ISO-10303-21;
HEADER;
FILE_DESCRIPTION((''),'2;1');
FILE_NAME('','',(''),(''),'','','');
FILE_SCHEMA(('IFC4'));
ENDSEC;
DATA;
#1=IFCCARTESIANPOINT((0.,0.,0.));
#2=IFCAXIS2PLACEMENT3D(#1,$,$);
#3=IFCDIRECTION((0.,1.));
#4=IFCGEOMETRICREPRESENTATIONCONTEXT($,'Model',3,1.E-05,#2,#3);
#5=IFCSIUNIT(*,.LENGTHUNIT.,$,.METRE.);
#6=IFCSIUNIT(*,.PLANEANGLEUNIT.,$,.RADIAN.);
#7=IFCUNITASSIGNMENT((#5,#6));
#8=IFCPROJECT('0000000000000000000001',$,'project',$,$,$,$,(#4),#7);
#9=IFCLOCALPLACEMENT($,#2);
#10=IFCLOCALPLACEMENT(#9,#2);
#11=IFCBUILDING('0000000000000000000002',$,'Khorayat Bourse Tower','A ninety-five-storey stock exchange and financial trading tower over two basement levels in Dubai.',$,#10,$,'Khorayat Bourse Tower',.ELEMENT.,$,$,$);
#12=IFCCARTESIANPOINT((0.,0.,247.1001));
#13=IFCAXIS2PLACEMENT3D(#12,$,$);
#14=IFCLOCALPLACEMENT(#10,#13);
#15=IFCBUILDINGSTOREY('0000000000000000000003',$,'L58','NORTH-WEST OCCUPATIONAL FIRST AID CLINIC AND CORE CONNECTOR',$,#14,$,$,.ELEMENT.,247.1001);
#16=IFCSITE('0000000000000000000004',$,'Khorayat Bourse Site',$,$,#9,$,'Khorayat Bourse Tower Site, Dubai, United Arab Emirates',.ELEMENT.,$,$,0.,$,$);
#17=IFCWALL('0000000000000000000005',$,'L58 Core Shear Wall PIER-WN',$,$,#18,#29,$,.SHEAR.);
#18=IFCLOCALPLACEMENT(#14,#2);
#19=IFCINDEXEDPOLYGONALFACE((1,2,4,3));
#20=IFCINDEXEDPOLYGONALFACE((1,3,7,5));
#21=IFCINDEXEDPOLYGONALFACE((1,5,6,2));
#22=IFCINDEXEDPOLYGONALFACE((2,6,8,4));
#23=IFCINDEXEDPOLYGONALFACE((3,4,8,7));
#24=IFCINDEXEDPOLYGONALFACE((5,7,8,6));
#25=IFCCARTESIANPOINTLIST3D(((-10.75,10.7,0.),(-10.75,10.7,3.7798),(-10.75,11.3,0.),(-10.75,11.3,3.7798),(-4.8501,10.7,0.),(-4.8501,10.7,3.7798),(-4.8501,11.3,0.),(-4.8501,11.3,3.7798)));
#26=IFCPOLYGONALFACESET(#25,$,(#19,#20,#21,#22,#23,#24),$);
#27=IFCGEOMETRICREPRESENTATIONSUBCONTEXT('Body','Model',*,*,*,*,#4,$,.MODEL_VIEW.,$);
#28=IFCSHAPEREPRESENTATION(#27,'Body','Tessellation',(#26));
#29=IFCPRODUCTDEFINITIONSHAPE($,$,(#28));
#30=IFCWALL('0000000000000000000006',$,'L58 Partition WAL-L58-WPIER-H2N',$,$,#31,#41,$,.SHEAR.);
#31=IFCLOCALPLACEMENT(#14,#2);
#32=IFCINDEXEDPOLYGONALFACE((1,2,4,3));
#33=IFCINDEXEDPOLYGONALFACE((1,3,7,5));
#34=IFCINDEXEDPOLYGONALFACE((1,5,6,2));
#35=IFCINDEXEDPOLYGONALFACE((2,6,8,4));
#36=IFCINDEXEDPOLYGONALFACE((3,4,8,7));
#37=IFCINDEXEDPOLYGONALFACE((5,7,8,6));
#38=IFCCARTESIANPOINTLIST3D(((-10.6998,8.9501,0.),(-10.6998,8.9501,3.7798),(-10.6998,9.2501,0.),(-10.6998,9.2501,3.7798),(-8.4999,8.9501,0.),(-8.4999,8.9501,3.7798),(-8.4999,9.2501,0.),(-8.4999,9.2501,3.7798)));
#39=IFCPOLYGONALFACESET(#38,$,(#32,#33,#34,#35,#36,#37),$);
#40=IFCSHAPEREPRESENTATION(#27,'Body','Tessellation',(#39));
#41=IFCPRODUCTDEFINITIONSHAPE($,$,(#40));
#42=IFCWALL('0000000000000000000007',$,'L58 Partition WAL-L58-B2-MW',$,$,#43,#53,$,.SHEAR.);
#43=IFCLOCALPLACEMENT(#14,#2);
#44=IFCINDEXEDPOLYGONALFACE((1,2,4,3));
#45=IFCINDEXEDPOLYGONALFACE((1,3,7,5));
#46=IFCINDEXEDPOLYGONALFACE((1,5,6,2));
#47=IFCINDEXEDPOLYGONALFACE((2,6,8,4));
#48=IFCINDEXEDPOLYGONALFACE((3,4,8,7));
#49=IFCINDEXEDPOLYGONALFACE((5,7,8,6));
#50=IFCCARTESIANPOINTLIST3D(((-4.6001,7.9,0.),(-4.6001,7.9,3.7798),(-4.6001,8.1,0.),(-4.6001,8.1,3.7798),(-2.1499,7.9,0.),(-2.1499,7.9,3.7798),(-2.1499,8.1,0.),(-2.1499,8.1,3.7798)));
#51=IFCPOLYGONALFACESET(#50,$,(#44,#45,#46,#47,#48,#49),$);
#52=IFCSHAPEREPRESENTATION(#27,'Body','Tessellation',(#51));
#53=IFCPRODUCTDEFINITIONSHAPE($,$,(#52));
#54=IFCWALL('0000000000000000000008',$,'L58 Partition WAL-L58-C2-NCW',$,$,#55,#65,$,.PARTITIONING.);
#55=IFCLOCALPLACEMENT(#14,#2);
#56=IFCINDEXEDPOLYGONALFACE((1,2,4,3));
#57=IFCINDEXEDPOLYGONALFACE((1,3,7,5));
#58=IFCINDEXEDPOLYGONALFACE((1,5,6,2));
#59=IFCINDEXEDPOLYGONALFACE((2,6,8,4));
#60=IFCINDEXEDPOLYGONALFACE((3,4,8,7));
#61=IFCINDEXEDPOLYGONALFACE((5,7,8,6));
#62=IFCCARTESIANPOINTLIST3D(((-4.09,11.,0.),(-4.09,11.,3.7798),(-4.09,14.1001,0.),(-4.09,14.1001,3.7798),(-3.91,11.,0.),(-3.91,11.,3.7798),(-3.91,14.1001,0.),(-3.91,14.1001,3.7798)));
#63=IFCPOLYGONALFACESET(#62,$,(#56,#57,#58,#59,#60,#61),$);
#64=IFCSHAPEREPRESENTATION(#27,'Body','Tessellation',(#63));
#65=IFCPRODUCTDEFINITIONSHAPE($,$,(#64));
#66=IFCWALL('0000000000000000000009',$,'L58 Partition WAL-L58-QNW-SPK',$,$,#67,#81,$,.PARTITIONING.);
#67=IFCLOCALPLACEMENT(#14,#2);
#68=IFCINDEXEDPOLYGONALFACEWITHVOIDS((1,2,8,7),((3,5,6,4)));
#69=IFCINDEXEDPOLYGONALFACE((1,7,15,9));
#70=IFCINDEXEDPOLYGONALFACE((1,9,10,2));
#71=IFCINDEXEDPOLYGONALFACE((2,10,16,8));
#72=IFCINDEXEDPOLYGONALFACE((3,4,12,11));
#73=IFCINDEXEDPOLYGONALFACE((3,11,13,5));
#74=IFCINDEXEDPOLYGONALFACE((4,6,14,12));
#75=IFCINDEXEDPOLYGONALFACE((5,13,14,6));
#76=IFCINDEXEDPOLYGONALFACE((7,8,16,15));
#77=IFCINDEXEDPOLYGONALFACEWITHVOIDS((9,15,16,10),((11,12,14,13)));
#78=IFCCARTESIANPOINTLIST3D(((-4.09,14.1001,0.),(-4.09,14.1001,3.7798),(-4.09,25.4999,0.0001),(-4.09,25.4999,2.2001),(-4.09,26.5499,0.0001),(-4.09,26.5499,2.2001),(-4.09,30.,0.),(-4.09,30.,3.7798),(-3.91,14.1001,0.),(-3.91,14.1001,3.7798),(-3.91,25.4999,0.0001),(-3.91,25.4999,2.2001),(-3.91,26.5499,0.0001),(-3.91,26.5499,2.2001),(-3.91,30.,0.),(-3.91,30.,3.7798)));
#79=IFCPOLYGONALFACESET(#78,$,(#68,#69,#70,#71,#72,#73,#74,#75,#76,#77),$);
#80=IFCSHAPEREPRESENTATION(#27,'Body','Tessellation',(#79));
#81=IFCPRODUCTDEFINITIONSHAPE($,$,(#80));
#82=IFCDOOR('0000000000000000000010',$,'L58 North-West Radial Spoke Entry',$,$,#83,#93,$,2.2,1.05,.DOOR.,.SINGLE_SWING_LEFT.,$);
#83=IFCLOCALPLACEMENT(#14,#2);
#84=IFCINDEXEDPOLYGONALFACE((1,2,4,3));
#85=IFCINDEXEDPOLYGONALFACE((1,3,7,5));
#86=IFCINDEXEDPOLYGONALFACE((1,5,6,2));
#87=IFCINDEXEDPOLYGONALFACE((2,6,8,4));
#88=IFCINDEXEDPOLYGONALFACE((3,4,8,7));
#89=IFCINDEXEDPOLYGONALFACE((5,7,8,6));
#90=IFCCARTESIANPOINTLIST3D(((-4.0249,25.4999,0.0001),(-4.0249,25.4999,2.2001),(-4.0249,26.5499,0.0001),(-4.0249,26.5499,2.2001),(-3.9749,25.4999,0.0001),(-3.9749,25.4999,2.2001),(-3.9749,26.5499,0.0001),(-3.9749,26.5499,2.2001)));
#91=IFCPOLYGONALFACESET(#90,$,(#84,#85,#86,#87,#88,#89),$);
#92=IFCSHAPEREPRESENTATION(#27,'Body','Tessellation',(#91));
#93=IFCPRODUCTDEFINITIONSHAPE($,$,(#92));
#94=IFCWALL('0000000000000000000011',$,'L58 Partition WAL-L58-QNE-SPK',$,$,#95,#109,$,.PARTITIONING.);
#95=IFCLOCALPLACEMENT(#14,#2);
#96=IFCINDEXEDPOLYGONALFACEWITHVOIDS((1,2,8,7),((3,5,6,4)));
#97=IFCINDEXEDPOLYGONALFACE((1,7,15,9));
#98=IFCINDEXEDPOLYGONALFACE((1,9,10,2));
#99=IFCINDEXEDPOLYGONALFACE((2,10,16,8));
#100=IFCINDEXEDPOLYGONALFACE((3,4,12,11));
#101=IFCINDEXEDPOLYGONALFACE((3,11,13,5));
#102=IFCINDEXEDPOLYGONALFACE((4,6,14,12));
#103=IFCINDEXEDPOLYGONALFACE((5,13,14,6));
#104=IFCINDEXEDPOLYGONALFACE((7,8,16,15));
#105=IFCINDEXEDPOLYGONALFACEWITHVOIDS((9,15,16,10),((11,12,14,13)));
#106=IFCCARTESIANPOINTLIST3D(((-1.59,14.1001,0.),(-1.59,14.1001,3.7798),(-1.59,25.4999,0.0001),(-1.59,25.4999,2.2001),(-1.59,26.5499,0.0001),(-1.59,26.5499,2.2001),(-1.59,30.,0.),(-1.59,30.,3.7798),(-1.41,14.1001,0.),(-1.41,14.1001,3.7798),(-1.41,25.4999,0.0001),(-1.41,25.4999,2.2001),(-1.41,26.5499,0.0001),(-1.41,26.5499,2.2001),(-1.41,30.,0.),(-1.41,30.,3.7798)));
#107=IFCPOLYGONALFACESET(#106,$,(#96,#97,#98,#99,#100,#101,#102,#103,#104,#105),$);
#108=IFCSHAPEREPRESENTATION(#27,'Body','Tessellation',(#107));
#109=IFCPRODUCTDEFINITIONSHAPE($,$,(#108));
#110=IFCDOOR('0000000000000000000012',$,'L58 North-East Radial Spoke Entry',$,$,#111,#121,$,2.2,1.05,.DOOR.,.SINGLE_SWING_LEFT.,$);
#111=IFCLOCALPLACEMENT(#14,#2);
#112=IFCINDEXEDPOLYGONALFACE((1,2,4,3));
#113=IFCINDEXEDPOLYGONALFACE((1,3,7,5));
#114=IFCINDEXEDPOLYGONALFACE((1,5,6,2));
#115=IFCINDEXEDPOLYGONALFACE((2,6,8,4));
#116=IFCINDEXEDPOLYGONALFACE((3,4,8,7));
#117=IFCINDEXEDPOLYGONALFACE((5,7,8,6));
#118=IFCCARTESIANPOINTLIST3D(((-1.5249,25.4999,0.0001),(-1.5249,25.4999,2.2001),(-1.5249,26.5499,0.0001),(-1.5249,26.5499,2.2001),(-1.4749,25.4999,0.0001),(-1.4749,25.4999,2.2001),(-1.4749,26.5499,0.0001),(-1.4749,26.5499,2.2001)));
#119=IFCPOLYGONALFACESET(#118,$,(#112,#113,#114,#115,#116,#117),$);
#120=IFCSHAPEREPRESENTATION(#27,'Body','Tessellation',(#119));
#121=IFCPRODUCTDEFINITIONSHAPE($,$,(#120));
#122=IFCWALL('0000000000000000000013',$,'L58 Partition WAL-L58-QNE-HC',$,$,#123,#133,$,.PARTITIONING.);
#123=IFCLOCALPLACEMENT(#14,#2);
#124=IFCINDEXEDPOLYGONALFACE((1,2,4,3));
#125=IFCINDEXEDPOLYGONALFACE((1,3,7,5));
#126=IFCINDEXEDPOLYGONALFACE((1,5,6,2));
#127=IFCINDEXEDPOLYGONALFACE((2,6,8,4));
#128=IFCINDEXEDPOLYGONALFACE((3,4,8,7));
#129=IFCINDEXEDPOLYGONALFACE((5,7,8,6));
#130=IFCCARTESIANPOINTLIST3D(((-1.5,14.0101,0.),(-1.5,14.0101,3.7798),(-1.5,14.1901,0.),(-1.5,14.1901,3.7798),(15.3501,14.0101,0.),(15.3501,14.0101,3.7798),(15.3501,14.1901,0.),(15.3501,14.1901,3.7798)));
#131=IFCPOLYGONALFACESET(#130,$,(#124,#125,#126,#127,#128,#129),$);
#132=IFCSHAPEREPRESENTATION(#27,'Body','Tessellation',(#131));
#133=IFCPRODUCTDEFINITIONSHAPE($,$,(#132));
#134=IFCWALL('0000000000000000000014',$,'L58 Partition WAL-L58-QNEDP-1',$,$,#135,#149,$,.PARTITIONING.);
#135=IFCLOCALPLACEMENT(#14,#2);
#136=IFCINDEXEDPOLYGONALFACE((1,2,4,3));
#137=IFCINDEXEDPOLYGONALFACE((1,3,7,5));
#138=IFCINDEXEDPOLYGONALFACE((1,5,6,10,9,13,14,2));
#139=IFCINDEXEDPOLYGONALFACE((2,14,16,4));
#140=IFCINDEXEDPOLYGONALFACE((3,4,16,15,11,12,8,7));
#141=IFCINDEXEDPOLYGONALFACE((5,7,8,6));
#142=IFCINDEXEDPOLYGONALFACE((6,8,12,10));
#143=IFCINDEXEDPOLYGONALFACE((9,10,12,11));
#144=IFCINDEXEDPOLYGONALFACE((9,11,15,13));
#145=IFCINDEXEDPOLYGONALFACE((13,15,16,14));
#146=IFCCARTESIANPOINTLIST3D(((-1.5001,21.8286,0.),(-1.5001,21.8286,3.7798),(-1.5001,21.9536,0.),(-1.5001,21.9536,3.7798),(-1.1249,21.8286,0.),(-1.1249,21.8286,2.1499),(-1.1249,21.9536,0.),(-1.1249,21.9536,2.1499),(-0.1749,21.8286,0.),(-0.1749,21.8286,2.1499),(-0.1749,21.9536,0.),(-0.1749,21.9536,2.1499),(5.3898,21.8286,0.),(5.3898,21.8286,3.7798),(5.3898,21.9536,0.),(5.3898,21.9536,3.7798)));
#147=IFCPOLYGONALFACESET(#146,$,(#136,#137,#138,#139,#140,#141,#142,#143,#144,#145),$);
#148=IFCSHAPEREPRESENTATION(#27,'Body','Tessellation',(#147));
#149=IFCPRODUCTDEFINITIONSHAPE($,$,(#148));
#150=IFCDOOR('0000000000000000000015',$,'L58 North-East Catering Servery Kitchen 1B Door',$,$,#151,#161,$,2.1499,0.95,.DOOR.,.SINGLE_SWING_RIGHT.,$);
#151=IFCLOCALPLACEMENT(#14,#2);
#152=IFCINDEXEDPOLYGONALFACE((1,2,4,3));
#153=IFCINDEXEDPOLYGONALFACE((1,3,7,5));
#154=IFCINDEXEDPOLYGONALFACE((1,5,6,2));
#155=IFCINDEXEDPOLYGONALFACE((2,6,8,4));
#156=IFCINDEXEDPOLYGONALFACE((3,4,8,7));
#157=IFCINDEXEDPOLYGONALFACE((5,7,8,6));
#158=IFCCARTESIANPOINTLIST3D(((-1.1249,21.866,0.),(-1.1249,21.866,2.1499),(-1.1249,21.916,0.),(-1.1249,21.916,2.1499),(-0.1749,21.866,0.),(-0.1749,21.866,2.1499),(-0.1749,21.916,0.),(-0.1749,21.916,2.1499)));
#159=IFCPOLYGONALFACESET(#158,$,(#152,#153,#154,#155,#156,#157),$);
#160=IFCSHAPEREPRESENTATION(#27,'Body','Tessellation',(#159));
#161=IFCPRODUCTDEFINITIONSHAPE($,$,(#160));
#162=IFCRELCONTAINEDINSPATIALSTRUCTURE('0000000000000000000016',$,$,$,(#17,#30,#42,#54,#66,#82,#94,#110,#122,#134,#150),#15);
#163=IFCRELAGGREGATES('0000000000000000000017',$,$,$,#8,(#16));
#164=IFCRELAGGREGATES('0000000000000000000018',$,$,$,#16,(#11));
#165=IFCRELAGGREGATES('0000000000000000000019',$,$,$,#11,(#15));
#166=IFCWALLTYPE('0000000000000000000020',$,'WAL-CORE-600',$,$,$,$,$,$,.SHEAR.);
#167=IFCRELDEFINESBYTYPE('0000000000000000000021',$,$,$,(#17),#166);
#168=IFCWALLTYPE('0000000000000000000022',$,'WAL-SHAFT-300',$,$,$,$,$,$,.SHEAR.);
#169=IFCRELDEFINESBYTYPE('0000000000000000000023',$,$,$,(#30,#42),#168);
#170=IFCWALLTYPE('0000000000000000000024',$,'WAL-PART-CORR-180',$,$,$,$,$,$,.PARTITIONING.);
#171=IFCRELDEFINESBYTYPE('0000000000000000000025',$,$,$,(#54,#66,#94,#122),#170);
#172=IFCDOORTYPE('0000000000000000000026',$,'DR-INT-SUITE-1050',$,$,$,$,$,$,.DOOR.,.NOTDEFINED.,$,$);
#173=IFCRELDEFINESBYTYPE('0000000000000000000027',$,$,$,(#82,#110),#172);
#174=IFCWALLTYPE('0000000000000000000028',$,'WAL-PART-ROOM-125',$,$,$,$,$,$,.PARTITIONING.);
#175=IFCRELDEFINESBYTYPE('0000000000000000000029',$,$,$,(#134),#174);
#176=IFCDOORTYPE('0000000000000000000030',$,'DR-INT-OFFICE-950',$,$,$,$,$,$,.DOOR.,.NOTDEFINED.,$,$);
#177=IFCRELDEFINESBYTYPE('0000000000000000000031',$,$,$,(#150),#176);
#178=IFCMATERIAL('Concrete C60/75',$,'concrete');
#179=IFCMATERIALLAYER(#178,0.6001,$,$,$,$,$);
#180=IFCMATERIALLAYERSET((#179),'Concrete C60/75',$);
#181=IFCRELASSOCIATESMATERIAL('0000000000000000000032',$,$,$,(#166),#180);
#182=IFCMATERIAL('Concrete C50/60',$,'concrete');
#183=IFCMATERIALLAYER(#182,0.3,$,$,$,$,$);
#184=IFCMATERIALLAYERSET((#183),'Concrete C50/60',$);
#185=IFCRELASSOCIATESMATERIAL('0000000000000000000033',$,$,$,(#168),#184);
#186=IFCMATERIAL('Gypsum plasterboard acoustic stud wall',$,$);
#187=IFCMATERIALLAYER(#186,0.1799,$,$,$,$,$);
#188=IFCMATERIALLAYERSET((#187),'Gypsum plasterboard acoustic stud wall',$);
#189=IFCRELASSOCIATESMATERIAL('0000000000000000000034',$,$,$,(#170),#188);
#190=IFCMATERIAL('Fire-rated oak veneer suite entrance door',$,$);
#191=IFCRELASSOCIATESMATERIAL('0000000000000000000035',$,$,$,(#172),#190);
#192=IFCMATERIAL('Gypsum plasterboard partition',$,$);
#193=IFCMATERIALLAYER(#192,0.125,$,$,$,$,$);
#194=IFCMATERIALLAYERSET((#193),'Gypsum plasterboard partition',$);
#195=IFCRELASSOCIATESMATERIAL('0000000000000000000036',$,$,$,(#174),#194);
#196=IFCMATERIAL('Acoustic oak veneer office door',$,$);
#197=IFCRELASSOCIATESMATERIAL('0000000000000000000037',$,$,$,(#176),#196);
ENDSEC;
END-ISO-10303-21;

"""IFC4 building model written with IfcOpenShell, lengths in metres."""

from ifc_helpers import new_model, si_unit, direction, frame, frame_2d, origin, place, context, subcontext, project, spatial, rectangle, extrude, source, transform, mapped, material, layer, layer_set, type_object, element, fill, save


model = new_model("IFC4")

# Units and contexts
model_context = context("Model", 3, precision=1e-05, world=origin(), true_north=direction((0.0, 1.0)))
body_context = subcontext(model_context, "Body", "Model", "MODEL_VIEW")
ifc_project = project(units=[si_unit("LENGTHUNIT", "METRE"), si_unit("PLANEANGLEUNIT", "RADIAN")], contexts=[model_context])

# Site, building, storey
site_placement = place(None, origin())
site = spatial("IfcSite", under=ifc_project, at=site_placement, Name="Khorayat Bourse Site", LongName="Khorayat Bourse Tower Site, Dubai, United Arab Emirates", CompositionType="ELEMENT", RefElevation=0.0)
building_placement = place(site_placement, origin())
building = spatial("IfcBuilding", under=site, at=building_placement, Name="Khorayat Bourse Tower", Description="A ninety-five-storey stock exchange and financial trading tower over two basement levels in Dubai.", LongName="Khorayat Bourse Tower", CompositionType="ELEMENT")
storey_placement = place(building_placement, frame((0.0, 0.0, 247.1001)))
storey = spatial("IfcBuildingStorey", under=building, at=storey_placement, Name="L58", Description="NORTH-WEST OCCUPATIONAL FIRST AID CLINIC AND CORE CONNECTOR", CompositionType="ELEMENT", Elevation=247.1001)

# Shared definitions
ifc_material_1 = material(Name="Concrete C60/75", Category="concrete")

# Walls
ifc_layer_1 = layer(ifc_material_1, 0.6001)
ifc_layer_set_1 = layer_set([ifc_layer_1], Name="Concrete C60/75")
wall_type_1 = type_object("IfcWallType", Name="WAL-CORE-600", PredefinedType="SHEAR", material=ifc_layer_set_1)
shared_shape_1 = source(origin(), body_context, "Body", "SweptSolid", [
    extrude(rectangle(XDim=5.8999, YDim=0.6001, at=frame_2d((2.95, 0.0))), origin(), (0.0, 0.0, 1.0), 3.7798),
])
wall_1_placement = place(storey_placement, frame((-10.75, 11.0, 0.0), z_axis=(0.0, 0.0, 1.0), x_axis=(1.0, 0.0, 0.0)))
element("IfcWall", 1, at=wall_1_placement, inside=storey, type_object=wall_type_1, Name="L58 Core Shear Wall PIER-WN", PredefinedType="SHEAR", context=body_context, shape_type="MappedRepresentation", body=[
    mapped(shared_shape_1, transform((0.0, 0.0, 0.0), scale=1.0)),
])
ifc_material_2 = material(Name="Concrete C50/60", Category="concrete")
ifc_layer_2 = layer(ifc_material_2, 0.3)
ifc_layer_set_2 = layer_set([ifc_layer_2], Name="Concrete C50/60")
wall_type_2 = type_object("IfcWallType", Name="WAL-SHAFT-300", PredefinedType="SHEAR", material=ifc_layer_set_2)
shared_shape_2 = source(origin(), body_context, "Body", "SweptSolid", [
    extrude(rectangle(XDim=2.2, YDim=0.3, at=frame_2d((1.1001, 0.0))), origin(), (0.0, 0.0, 1.0), 3.7798),
])
wall_2_placement = place(storey_placement, frame((-10.7, 9.1001, 0.0), z_axis=(0.0, 0.0, 1.0), x_axis=(1.0, 0.0, 0.0)))
element("IfcWall", 2, at=wall_2_placement, inside=storey, type_object=wall_type_2, Name="L58 Partition WAL-L58-WPIER-H2N", PredefinedType="SHEAR", context=body_context, shape_type="MappedRepresentation", body=[
    mapped(shared_shape_2, transform((0.0, 0.0, 0.0), scale=1.0)),
])
shared_shape_3 = source(origin(), body_context, "Body", "SweptSolid", [
    extrude(rectangle(XDim=2.4502, YDim=0.2, at=frame_2d((1.2251, 0.0))), origin(), (0.0, 0.0, 1.0), 3.7798),
])
wall_3_placement = place(storey_placement, frame((-4.6001, 8.0, 0.0), z_axis=(0.0, 0.0, 1.0), x_axis=(1.0, 0.0, 0.0)))
element("IfcWall", 3, at=wall_3_placement, inside=storey, type_object=wall_type_2, Name="L58 Partition WAL-L58-B2-MW", PredefinedType="SHEAR", context=body_context, shape_type="MappedRepresentation", body=[
    mapped(shared_shape_3, transform((0.0, 0.0, 0.0), scale=1.0)),
])
ifc_material_3 = material(Name="Gypsum plasterboard acoustic stud wall")
ifc_layer_3 = layer(ifc_material_3, 0.1799)
ifc_layer_set_3 = layer_set([ifc_layer_3], Name="Gypsum plasterboard acoustic stud wall")
wall_type_3 = type_object("IfcWallType", Name="WAL-PART-CORR-180", PredefinedType="PARTITIONING", material=ifc_layer_set_3)
shared_shape_4 = source(origin(), body_context, "Body", "SweptSolid", [
    extrude(rectangle(XDim=3.1001, YDim=0.1799, at=frame_2d((1.55, 0.0))), origin(), (0.0, 0.0, 1.0), 3.7798),
])
wall_4_placement = place(storey_placement, frame((-4.0, 11.0, 0.0), z_axis=(0.0, 0.0, 1.0), x_axis=(0.0, 1.0, 0.0)))
element("IfcWall", 4, at=wall_4_placement, inside=storey, type_object=wall_type_3, Name="L58 Partition WAL-L58-C2-NCW", PredefinedType="PARTITIONING", context=body_context, shape_type="MappedRepresentation", body=[
    mapped(shared_shape_4, transform((0.0, 0.0, 0.0), scale=1.0)),
])

# Walls, openings, doors
shared_shape_5 = source(origin(), body_context, "Body", "SweptSolid", [
    extrude(rectangle(XDim=15.8999, YDim=0.1799, at=frame_2d((7.95, 0.0))), origin(), (0.0, 0.0, 1.0), 3.7798),
])
wall_5_placement = place(storey_placement, frame((-4.0, 14.1001, 0.0), z_axis=(0.0, 0.0, 1.0), x_axis=(0.0, 1.0, 0.0)))
wall_5 = element("IfcWall", 5, at=wall_5_placement, inside=storey, type_object=wall_type_3, Name="L58 Partition WAL-L58-QNW-SPK", PredefinedType="PARTITIONING", context=body_context, shape_type="MappedRepresentation", body=[
    mapped(shared_shape_5, transform((0.0, 0.0, 0.0), scale=1.0)),
])
shared_shape_6 = source(origin(), body_context, "Body", "SweptSolid", [
    extrude(rectangle(XDim=1.05, YDim=2.2, at=frame_2d((0.5249, 1.1001))), frame((0.0, 0.0999, 0.0), z_axis=(0.0, -1.0, 0.0), x_axis=(1.0, 0.0, 0.0)), (0.0, 0.0, 1.0), 0.2),
])
opening_1_placement = place(wall_5_placement, frame((11.3999, 0.0, 0.0)))
opening_1 = element("IfcOpeningElement", 6, at=opening_1_placement, cuts=wall_5, PredefinedType="OPENING", context=body_context, shape_type="MappedRepresentation", body=[
    mapped(shared_shape_6, transform((0.0, 0.0, 0.0), scale=1.0)),
])
ifc_material_4 = material(Name="Fire-rated oak veneer suite entrance door")
door_type_1 = type_object("IfcDoorType", Name="DR-INT-SUITE-1050", OperationType="NOTDEFINED", PredefinedType="DOOR", material=ifc_material_4)
shared_shape_7 = source(origin(), body_context, "Body", "SweptSolid", [
    extrude(rectangle(XDim=1.05, YDim=2.2, at=frame_2d((0.5249, 1.1001))), frame((0.0, 0.0249, 0.0), z_axis=(0.0, -1.0, 0.0), x_axis=(1.0, 0.0, 0.0)), (0.0, 0.0, 1.0), 0.05),
])
door_1_placement = place(opening_1_placement, origin())
door_1 = element("IfcDoor", 7, at=door_1_placement, inside=storey, type_object=door_type_1, Name="L58 North-West Radial Spoke Entry", OperationType="SINGLE_SWING_LEFT", OverallHeight=2.2, OverallWidth=1.05, PredefinedType="DOOR", context=body_context, shape_type="MappedRepresentation", body=[
    mapped(shared_shape_7, transform((0.0, 0.0, 0.0), scale=1.0)),
])
fill(opening_1, door_1)
wall_6_placement = place(storey_placement, frame((-1.5, 14.1001, 0.0), z_axis=(0.0, 0.0, 1.0), x_axis=(0.0, 1.0, 0.0)))
wall_6 = element("IfcWall", 8, at=wall_6_placement, inside=storey, type_object=wall_type_3, Name="L58 Partition WAL-L58-QNE-SPK", PredefinedType="PARTITIONING", context=body_context, shape_type="MappedRepresentation", body=[
    mapped(shared_shape_5, transform((0.0, 0.0, 0.0), scale=1.0)),
])
opening_2_placement = place(wall_6_placement, frame((11.3999, 0.0, 0.0)))
opening_2 = element("IfcOpeningElement", 9, at=opening_2_placement, cuts=wall_6, PredefinedType="OPENING", context=body_context, shape_type="MappedRepresentation", body=[
    mapped(shared_shape_6, transform((0.0, 0.0, 0.0), scale=1.0)),
])
door_2_placement = place(opening_2_placement, origin())
door_2 = element("IfcDoor", 10, at=door_2_placement, inside=storey, type_object=door_type_1, Name="L58 North-East Radial Spoke Entry", OperationType="SINGLE_SWING_LEFT", OverallHeight=2.2, OverallWidth=1.05, PredefinedType="DOOR", context=body_context, shape_type="MappedRepresentation", body=[
    mapped(shared_shape_7, transform((0.0, 0.0, 0.0), scale=1.0)),
])
fill(opening_2, door_2)

# Wall
shared_shape_8 = source(origin(), body_context, "Body", "SweptSolid", [
    extrude(rectangle(XDim=16.8501, YDim=0.1799, at=frame_2d((8.425, 0.0))), origin(), (0.0, 0.0, 1.0), 3.7798),
])
wall_7_placement = place(storey_placement, frame((-1.5, 14.1001, 0.0), z_axis=(0.0, 0.0, 1.0), x_axis=(1.0, 0.0, 0.0)))
element("IfcWall", 11, at=wall_7_placement, inside=storey, type_object=wall_type_3, Name="L58 Partition WAL-L58-QNE-HC", PredefinedType="PARTITIONING", context=body_context, shape_type="MappedRepresentation", body=[
    mapped(shared_shape_8, transform((0.0, 0.0, 0.0), scale=1.0)),
])

# Wall, opening, door
ifc_material_5 = material(Name="Gypsum plasterboard partition")
ifc_layer_4 = layer(ifc_material_5, 0.125)
ifc_layer_set_4 = layer_set([ifc_layer_4], Name="Gypsum plasterboard partition")
wall_type_4 = type_object("IfcWallType", Name="WAL-PART-ROOM-125", PredefinedType="PARTITIONING", material=ifc_layer_set_4)
shared_shape_9 = source(origin(), body_context, "Body", "SweptSolid", [
    extrude(rectangle(XDim=6.8899, YDim=0.125, at=frame_2d((3.4448, 0.0))), origin(), (0.0, 0.0, 1.0), 3.7798),
])
wall_8_placement = place(storey_placement, frame((-1.5, 21.8911, 0.0), z_axis=(0.0, 0.0, 1.0), x_axis=(1.0, 0.0, 0.0)))
wall_8 = element("IfcWall", 12, at=wall_8_placement, inside=storey, type_object=wall_type_4, Name="L58 Partition WAL-L58-QNEDP-1", PredefinedType="PARTITIONING", context=body_context, shape_type="MappedRepresentation", body=[
    mapped(shared_shape_9, transform((0.0, 0.0, 0.0), scale=1.0)),
])
shared_shape_10 = source(origin(), body_context, "Body", "SweptSolid", [
    extrude(rectangle(XDim=0.95, YDim=2.1499, at=frame_2d((0.4751, 1.075))), frame((0.0, 0.0725, 0.0), z_axis=(0.0, -1.0, 0.0), x_axis=(1.0, 0.0, 0.0)), (0.0, 0.0, 1.0), 0.145),
])
opening_3_placement = place(wall_8_placement, frame((0.375, 0.0, 0.0)))
opening_3 = element("IfcOpeningElement", 13, at=opening_3_placement, cuts=wall_8, PredefinedType="OPENING", context=body_context, shape_type="MappedRepresentation", body=[
    mapped(shared_shape_10, transform((0.0, 0.0, 0.0), scale=1.0)),
])
ifc_material_6 = material(Name="Acoustic oak veneer office door")
door_type_2 = type_object("IfcDoorType", Name="DR-INT-OFFICE-950", OperationType="NOTDEFINED", PredefinedType="DOOR", material=ifc_material_6)
shared_shape_11 = source(origin(), body_context, "Body", "SweptSolid", [
    extrude(rectangle(XDim=0.95, YDim=2.1499, at=frame_2d((0.4751, 1.075))), frame((0.0, 0.0249, 0.0), z_axis=(0.0, -1.0, 0.0), x_axis=(1.0, 0.0, 0.0)), (0.0, 0.0, 1.0), 0.05),
])
door_3_placement = place(opening_3_placement, origin())
door_3 = element("IfcDoor", 14, at=door_3_placement, inside=storey, type_object=door_type_2, Name="L58 North-East Catering Servery Kitchen 1B Door", OperationType="SINGLE_SWING_RIGHT", OverallHeight=2.1499, OverallWidth=0.95, PredefinedType="DOOR", context=body_context, shape_type="MappedRepresentation", body=[
    mapped(shared_shape_11, transform((0.0, 0.0, 0.0), scale=1.0)),
])
fill(opening_3, door_3)

save(model, "model.ifc")
